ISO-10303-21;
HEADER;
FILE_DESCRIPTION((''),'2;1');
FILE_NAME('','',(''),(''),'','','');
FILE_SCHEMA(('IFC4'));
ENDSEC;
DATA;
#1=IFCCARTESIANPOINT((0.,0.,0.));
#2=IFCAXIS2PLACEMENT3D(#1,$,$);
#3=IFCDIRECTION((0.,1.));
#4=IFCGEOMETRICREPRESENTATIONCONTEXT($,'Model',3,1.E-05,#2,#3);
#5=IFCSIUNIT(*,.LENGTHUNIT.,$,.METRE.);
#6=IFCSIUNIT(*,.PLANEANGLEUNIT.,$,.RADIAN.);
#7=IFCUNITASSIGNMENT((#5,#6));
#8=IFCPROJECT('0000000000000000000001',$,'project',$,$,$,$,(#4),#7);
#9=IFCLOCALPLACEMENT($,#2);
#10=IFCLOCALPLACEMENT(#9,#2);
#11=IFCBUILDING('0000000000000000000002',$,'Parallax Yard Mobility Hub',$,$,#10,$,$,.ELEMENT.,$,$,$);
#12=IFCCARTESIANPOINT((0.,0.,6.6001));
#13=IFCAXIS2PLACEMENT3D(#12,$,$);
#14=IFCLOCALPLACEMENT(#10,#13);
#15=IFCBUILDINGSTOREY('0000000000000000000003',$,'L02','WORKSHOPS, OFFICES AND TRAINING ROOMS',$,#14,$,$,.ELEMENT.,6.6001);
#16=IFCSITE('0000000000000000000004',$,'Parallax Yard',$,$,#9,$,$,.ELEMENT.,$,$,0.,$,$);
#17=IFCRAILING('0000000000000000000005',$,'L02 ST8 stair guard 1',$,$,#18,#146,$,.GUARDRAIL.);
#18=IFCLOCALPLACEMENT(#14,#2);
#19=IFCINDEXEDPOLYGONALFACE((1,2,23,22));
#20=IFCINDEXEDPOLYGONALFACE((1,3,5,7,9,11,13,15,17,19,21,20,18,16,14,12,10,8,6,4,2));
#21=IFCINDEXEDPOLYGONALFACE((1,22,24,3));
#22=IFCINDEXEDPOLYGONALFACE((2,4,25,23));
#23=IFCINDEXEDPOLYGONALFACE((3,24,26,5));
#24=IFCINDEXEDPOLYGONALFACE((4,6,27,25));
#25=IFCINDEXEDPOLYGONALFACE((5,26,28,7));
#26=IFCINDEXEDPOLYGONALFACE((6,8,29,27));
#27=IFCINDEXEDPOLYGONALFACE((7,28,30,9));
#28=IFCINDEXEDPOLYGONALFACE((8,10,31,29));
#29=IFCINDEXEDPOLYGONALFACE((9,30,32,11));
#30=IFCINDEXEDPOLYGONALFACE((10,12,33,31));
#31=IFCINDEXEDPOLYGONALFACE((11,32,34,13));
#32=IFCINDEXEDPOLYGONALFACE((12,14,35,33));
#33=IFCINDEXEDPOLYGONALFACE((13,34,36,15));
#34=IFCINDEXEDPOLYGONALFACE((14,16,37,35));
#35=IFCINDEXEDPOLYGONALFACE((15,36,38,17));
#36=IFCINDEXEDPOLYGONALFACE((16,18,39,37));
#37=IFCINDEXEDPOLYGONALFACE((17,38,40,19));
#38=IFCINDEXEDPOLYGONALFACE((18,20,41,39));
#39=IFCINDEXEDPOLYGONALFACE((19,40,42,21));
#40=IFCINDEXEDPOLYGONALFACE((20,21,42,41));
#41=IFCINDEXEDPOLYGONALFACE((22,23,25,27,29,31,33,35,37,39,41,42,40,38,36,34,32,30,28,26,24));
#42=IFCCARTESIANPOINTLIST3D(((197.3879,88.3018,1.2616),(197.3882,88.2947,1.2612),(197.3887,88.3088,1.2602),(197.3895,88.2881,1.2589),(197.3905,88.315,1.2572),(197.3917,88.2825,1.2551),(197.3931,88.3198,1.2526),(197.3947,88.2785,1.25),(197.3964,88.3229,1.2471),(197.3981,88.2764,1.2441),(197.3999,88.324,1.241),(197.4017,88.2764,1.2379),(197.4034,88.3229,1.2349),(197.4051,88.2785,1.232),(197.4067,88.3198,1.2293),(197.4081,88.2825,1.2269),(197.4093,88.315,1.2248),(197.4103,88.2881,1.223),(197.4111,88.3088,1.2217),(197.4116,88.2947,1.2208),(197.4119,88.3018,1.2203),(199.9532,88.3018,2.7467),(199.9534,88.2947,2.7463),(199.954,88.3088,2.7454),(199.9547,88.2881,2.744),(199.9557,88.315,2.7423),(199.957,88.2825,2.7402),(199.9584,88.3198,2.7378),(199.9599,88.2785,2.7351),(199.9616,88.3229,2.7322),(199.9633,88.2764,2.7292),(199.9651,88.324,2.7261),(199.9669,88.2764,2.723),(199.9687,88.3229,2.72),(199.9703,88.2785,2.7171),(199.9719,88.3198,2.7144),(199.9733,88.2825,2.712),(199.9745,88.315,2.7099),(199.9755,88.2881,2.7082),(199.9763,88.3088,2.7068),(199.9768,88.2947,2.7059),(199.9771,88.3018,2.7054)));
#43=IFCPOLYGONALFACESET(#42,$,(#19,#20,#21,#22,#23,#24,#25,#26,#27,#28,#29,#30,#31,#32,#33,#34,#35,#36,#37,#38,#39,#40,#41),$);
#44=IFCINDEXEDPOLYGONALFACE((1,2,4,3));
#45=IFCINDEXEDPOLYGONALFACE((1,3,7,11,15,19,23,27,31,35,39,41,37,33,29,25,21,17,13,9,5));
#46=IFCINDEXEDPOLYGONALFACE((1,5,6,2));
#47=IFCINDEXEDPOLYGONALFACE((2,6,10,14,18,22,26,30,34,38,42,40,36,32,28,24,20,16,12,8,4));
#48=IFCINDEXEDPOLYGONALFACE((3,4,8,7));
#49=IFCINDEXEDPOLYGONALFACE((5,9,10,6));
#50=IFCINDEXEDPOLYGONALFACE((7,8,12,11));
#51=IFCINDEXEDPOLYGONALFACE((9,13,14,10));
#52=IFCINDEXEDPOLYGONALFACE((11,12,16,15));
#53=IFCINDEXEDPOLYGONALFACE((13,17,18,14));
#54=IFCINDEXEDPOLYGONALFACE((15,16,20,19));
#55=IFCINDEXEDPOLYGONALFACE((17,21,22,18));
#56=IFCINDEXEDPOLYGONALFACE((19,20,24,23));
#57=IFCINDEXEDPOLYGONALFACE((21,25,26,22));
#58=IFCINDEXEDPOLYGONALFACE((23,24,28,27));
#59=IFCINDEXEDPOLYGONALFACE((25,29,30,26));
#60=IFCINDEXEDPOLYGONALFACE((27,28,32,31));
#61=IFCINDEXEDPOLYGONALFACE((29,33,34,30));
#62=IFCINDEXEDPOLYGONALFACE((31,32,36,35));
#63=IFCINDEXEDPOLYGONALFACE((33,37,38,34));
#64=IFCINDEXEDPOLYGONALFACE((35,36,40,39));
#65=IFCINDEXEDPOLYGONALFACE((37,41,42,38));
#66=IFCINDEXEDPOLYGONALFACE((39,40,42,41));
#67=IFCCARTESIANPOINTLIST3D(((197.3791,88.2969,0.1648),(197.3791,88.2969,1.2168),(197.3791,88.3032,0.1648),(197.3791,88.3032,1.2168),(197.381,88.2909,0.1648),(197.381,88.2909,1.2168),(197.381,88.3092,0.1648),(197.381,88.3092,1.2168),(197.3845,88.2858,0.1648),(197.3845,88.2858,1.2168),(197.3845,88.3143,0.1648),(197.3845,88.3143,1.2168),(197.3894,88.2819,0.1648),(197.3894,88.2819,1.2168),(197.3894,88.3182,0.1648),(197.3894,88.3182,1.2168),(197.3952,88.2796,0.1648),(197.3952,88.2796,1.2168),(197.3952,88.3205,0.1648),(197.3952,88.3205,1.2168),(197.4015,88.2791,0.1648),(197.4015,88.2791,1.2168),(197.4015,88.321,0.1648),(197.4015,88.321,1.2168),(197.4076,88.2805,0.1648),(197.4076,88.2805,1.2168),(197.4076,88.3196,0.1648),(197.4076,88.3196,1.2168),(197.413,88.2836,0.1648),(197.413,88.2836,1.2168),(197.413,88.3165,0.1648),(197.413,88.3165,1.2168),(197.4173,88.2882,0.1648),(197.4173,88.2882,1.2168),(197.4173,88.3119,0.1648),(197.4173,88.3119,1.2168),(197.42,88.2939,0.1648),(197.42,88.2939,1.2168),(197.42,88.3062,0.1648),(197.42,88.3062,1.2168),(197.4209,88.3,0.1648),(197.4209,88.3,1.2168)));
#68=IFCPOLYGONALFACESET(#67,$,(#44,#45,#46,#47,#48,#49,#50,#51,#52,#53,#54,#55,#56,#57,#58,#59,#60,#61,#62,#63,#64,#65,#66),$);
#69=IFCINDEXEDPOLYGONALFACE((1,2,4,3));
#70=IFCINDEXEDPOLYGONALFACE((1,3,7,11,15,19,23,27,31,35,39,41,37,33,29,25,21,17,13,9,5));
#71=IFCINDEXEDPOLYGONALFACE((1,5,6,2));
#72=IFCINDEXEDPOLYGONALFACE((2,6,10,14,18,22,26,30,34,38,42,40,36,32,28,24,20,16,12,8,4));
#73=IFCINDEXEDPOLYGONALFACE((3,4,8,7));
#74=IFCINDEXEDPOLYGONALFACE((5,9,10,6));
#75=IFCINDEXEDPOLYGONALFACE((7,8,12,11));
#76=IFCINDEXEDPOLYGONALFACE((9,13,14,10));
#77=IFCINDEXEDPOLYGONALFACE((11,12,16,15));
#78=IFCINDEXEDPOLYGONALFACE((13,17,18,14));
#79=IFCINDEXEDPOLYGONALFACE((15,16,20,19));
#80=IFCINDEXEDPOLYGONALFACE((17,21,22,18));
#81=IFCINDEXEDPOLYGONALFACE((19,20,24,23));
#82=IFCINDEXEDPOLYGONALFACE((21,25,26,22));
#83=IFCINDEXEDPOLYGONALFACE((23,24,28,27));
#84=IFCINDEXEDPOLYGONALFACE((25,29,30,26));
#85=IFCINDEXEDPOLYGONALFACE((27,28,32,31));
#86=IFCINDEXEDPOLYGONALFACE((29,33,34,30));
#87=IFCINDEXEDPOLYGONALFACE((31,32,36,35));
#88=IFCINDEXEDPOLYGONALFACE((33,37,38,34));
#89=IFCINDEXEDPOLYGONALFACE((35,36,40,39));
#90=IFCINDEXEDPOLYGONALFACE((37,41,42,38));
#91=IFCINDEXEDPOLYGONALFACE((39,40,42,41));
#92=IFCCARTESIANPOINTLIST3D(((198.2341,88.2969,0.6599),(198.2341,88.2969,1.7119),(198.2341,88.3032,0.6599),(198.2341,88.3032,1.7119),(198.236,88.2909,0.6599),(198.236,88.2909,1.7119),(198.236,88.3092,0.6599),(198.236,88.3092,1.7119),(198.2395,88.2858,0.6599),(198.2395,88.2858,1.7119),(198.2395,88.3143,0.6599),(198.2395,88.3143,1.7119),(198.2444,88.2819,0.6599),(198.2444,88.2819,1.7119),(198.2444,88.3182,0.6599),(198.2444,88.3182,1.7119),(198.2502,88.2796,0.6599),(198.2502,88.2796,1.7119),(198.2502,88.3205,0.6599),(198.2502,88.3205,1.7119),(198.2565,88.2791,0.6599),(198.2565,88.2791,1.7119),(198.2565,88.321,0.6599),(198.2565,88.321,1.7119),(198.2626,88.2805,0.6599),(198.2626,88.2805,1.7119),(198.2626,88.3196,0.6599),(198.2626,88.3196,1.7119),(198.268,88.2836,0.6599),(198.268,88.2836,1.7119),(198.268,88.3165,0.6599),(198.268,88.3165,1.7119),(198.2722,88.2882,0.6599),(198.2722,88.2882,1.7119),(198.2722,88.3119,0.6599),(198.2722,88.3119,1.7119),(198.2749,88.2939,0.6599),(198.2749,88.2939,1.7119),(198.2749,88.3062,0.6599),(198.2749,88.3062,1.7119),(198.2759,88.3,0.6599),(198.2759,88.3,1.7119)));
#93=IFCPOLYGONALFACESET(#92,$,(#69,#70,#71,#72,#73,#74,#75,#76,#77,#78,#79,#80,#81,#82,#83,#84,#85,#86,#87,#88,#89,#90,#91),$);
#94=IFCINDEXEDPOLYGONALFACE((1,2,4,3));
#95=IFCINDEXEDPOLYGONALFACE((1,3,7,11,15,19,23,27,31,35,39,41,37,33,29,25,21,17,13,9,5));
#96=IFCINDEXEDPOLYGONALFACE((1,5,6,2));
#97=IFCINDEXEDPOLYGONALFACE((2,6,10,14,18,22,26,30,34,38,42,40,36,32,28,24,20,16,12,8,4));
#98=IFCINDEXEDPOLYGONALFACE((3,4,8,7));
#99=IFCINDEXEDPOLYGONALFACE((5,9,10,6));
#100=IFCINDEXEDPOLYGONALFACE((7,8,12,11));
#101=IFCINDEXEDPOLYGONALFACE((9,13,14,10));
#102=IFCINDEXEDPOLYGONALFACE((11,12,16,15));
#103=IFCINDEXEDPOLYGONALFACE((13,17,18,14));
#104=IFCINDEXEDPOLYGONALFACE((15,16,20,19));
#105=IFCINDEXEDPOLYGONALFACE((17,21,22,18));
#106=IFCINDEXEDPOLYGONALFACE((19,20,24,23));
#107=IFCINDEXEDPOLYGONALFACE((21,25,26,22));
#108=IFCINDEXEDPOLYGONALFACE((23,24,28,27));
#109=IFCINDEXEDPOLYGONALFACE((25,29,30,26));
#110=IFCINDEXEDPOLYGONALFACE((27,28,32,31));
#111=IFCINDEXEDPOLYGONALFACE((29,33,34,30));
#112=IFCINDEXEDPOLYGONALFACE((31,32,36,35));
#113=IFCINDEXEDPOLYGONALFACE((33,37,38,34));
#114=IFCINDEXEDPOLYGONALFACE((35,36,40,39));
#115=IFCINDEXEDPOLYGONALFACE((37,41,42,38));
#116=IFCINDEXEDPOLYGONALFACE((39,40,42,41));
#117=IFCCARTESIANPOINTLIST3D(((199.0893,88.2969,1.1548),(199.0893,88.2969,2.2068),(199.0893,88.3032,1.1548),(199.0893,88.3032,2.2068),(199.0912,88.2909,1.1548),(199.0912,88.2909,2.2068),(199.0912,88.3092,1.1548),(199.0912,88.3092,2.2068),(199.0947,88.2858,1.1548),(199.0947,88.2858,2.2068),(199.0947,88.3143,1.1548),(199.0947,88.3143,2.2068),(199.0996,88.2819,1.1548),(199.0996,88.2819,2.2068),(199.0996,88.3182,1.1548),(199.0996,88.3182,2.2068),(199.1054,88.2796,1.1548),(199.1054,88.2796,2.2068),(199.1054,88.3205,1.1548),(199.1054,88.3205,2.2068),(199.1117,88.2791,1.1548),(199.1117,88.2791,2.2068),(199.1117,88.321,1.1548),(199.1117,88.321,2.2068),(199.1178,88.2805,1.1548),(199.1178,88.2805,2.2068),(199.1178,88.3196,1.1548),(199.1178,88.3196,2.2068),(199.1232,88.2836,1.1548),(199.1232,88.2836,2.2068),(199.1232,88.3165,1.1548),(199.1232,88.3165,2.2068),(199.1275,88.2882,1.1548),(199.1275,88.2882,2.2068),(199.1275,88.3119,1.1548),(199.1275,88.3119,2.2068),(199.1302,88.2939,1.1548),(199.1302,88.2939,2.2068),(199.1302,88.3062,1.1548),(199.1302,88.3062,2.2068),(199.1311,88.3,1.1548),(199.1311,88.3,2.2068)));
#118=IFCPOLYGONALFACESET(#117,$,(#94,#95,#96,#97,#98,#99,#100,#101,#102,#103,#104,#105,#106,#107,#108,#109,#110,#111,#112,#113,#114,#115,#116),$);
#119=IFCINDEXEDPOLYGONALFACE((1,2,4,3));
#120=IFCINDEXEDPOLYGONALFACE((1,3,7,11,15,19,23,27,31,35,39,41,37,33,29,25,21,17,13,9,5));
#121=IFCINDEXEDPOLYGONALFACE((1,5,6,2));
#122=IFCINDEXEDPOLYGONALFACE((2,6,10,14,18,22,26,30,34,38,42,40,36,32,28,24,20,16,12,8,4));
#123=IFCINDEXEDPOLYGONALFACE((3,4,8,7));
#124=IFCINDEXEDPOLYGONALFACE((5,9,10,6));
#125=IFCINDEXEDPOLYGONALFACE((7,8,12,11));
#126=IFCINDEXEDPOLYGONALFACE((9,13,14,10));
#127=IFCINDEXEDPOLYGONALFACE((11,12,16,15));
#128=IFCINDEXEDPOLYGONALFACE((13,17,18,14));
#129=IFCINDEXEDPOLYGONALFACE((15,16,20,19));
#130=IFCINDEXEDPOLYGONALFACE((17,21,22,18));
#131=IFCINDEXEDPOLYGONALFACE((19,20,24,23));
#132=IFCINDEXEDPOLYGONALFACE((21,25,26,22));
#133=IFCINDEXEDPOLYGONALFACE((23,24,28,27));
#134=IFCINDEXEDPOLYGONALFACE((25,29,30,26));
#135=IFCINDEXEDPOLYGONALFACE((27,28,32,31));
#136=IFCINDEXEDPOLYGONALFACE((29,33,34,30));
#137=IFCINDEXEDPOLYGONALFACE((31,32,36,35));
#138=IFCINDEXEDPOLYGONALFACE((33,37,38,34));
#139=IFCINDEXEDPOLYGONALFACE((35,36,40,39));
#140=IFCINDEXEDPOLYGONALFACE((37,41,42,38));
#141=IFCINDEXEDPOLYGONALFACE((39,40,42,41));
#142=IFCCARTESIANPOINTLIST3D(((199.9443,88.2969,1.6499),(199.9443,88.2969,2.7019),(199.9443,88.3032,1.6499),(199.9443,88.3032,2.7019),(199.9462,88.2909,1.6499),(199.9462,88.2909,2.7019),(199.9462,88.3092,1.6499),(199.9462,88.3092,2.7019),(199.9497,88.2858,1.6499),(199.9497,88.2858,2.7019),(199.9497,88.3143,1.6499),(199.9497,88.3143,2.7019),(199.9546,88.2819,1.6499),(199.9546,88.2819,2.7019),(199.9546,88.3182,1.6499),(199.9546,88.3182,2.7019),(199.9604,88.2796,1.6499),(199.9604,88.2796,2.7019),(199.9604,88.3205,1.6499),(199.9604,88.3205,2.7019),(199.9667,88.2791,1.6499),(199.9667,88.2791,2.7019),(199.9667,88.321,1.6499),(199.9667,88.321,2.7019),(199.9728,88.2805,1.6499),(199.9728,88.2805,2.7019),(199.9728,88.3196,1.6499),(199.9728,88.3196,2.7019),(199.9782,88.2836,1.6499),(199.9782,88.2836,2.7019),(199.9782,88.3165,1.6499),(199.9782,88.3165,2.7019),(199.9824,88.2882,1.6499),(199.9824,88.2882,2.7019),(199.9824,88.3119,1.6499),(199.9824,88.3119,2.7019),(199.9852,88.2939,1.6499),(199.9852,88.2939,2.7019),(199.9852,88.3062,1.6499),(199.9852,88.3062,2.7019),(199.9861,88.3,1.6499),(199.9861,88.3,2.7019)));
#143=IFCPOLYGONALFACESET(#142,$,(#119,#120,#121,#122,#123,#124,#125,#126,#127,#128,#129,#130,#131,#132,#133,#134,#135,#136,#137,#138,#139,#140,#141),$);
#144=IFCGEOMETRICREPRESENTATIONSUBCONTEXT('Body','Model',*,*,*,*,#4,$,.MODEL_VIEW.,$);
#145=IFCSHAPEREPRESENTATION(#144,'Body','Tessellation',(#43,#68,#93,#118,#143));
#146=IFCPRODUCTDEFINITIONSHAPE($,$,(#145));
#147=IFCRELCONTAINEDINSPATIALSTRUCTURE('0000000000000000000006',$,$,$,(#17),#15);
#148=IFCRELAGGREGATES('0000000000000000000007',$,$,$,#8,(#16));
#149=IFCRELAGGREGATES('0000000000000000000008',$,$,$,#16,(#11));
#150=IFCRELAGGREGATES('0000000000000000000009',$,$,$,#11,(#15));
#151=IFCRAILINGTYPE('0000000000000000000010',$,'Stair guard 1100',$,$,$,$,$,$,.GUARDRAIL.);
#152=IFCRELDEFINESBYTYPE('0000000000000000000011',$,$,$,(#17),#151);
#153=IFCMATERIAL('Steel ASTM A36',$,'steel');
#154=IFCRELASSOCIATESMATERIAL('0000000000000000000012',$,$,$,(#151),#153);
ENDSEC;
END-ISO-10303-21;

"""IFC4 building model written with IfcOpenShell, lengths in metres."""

from ifc_helpers import new_model, si_unit, direction, frame, origin, origin_2d, place, context, subcontext, project, spatial, circle, extrude, material, type_object, element, save


model = new_model("IFC4")

# Units and contexts
model_context = context("Model", 3, precision=1e-05, world=origin(), true_north=direction((0.0, 1.0)))
body_context = subcontext(model_context, "Body", "Model", "MODEL_VIEW")
ifc_project = project(units=[si_unit("LENGTHUNIT", "METRE"), si_unit("PLANEANGLEUNIT", "RADIAN")], contexts=[model_context])

# Site, building, storey
site_placement = place(None, origin())
site = spatial("IfcSite", under=ifc_project, at=site_placement, Name="Parallax Yard", CompositionType="ELEMENT", RefElevation=0.0)
building_placement = place(site_placement, origin())
building = spatial("IfcBuilding", under=site, at=building_placement, Name="Parallax Yard Mobility Hub", CompositionType="ELEMENT")
storey_placement = place(building_placement, frame((0.0, 0.0, 6.6001)))
storey = spatial("IfcBuildingStorey", under=building, at=storey_placement, Name="L02", Description="WORKSHOPS, OFFICES AND TRAINING ROOMS", CompositionType="ELEMENT", Elevation=6.6001)

# Railing
ifc_material_1 = material(Name="Steel ASTM A36", Category="steel")
railing_type_1 = type_object("IfcRailingType", Name="Stair guard 1100", PredefinedType="GUARDRAIL", material=ifc_material_1)
railing_1_placement = place(storey_placement, frame((197.3999, 88.3, 0.1648)))
element("IfcRailing", 1, at=railing_1_placement, inside=storey, type_object=railing_type_1, Name="L02 ST8 stair guard 1", PredefinedType="GUARDRAIL", context=body_context, shape_type="SweptSolid", body=[
    extrude(circle(Radius=0.0239, at=origin_2d()), frame((0.0, 0.0, 1.0762), z_axis=(0.865426, 0.0, 0.501036), x_axis=(0.0, 1.0, 0.0)), (0.0, 0.0, 1.0), 2.9641),
    extrude(circle(Radius=0.021, at=origin_2d()), origin(), (0.0, 0.0, 1.0), 1.052),
    extrude(circle(Radius=0.021, at=origin_2d()), frame((0.855, 0.0, 0.4951)), (0.0, 0.0, 1.0), 1.052),
    extrude(circle(Radius=0.021, at=origin_2d()), frame((1.7102, 0.0, 0.99)), (0.0, 0.0, 1.0), 1.052),
    extrude(circle(Radius=0.021, at=origin_2d()), frame((2.5652, 0.0, 1.4851)), (0.0, 0.0, 1.0), 1.052),
])

save(model, "model.ifc")
